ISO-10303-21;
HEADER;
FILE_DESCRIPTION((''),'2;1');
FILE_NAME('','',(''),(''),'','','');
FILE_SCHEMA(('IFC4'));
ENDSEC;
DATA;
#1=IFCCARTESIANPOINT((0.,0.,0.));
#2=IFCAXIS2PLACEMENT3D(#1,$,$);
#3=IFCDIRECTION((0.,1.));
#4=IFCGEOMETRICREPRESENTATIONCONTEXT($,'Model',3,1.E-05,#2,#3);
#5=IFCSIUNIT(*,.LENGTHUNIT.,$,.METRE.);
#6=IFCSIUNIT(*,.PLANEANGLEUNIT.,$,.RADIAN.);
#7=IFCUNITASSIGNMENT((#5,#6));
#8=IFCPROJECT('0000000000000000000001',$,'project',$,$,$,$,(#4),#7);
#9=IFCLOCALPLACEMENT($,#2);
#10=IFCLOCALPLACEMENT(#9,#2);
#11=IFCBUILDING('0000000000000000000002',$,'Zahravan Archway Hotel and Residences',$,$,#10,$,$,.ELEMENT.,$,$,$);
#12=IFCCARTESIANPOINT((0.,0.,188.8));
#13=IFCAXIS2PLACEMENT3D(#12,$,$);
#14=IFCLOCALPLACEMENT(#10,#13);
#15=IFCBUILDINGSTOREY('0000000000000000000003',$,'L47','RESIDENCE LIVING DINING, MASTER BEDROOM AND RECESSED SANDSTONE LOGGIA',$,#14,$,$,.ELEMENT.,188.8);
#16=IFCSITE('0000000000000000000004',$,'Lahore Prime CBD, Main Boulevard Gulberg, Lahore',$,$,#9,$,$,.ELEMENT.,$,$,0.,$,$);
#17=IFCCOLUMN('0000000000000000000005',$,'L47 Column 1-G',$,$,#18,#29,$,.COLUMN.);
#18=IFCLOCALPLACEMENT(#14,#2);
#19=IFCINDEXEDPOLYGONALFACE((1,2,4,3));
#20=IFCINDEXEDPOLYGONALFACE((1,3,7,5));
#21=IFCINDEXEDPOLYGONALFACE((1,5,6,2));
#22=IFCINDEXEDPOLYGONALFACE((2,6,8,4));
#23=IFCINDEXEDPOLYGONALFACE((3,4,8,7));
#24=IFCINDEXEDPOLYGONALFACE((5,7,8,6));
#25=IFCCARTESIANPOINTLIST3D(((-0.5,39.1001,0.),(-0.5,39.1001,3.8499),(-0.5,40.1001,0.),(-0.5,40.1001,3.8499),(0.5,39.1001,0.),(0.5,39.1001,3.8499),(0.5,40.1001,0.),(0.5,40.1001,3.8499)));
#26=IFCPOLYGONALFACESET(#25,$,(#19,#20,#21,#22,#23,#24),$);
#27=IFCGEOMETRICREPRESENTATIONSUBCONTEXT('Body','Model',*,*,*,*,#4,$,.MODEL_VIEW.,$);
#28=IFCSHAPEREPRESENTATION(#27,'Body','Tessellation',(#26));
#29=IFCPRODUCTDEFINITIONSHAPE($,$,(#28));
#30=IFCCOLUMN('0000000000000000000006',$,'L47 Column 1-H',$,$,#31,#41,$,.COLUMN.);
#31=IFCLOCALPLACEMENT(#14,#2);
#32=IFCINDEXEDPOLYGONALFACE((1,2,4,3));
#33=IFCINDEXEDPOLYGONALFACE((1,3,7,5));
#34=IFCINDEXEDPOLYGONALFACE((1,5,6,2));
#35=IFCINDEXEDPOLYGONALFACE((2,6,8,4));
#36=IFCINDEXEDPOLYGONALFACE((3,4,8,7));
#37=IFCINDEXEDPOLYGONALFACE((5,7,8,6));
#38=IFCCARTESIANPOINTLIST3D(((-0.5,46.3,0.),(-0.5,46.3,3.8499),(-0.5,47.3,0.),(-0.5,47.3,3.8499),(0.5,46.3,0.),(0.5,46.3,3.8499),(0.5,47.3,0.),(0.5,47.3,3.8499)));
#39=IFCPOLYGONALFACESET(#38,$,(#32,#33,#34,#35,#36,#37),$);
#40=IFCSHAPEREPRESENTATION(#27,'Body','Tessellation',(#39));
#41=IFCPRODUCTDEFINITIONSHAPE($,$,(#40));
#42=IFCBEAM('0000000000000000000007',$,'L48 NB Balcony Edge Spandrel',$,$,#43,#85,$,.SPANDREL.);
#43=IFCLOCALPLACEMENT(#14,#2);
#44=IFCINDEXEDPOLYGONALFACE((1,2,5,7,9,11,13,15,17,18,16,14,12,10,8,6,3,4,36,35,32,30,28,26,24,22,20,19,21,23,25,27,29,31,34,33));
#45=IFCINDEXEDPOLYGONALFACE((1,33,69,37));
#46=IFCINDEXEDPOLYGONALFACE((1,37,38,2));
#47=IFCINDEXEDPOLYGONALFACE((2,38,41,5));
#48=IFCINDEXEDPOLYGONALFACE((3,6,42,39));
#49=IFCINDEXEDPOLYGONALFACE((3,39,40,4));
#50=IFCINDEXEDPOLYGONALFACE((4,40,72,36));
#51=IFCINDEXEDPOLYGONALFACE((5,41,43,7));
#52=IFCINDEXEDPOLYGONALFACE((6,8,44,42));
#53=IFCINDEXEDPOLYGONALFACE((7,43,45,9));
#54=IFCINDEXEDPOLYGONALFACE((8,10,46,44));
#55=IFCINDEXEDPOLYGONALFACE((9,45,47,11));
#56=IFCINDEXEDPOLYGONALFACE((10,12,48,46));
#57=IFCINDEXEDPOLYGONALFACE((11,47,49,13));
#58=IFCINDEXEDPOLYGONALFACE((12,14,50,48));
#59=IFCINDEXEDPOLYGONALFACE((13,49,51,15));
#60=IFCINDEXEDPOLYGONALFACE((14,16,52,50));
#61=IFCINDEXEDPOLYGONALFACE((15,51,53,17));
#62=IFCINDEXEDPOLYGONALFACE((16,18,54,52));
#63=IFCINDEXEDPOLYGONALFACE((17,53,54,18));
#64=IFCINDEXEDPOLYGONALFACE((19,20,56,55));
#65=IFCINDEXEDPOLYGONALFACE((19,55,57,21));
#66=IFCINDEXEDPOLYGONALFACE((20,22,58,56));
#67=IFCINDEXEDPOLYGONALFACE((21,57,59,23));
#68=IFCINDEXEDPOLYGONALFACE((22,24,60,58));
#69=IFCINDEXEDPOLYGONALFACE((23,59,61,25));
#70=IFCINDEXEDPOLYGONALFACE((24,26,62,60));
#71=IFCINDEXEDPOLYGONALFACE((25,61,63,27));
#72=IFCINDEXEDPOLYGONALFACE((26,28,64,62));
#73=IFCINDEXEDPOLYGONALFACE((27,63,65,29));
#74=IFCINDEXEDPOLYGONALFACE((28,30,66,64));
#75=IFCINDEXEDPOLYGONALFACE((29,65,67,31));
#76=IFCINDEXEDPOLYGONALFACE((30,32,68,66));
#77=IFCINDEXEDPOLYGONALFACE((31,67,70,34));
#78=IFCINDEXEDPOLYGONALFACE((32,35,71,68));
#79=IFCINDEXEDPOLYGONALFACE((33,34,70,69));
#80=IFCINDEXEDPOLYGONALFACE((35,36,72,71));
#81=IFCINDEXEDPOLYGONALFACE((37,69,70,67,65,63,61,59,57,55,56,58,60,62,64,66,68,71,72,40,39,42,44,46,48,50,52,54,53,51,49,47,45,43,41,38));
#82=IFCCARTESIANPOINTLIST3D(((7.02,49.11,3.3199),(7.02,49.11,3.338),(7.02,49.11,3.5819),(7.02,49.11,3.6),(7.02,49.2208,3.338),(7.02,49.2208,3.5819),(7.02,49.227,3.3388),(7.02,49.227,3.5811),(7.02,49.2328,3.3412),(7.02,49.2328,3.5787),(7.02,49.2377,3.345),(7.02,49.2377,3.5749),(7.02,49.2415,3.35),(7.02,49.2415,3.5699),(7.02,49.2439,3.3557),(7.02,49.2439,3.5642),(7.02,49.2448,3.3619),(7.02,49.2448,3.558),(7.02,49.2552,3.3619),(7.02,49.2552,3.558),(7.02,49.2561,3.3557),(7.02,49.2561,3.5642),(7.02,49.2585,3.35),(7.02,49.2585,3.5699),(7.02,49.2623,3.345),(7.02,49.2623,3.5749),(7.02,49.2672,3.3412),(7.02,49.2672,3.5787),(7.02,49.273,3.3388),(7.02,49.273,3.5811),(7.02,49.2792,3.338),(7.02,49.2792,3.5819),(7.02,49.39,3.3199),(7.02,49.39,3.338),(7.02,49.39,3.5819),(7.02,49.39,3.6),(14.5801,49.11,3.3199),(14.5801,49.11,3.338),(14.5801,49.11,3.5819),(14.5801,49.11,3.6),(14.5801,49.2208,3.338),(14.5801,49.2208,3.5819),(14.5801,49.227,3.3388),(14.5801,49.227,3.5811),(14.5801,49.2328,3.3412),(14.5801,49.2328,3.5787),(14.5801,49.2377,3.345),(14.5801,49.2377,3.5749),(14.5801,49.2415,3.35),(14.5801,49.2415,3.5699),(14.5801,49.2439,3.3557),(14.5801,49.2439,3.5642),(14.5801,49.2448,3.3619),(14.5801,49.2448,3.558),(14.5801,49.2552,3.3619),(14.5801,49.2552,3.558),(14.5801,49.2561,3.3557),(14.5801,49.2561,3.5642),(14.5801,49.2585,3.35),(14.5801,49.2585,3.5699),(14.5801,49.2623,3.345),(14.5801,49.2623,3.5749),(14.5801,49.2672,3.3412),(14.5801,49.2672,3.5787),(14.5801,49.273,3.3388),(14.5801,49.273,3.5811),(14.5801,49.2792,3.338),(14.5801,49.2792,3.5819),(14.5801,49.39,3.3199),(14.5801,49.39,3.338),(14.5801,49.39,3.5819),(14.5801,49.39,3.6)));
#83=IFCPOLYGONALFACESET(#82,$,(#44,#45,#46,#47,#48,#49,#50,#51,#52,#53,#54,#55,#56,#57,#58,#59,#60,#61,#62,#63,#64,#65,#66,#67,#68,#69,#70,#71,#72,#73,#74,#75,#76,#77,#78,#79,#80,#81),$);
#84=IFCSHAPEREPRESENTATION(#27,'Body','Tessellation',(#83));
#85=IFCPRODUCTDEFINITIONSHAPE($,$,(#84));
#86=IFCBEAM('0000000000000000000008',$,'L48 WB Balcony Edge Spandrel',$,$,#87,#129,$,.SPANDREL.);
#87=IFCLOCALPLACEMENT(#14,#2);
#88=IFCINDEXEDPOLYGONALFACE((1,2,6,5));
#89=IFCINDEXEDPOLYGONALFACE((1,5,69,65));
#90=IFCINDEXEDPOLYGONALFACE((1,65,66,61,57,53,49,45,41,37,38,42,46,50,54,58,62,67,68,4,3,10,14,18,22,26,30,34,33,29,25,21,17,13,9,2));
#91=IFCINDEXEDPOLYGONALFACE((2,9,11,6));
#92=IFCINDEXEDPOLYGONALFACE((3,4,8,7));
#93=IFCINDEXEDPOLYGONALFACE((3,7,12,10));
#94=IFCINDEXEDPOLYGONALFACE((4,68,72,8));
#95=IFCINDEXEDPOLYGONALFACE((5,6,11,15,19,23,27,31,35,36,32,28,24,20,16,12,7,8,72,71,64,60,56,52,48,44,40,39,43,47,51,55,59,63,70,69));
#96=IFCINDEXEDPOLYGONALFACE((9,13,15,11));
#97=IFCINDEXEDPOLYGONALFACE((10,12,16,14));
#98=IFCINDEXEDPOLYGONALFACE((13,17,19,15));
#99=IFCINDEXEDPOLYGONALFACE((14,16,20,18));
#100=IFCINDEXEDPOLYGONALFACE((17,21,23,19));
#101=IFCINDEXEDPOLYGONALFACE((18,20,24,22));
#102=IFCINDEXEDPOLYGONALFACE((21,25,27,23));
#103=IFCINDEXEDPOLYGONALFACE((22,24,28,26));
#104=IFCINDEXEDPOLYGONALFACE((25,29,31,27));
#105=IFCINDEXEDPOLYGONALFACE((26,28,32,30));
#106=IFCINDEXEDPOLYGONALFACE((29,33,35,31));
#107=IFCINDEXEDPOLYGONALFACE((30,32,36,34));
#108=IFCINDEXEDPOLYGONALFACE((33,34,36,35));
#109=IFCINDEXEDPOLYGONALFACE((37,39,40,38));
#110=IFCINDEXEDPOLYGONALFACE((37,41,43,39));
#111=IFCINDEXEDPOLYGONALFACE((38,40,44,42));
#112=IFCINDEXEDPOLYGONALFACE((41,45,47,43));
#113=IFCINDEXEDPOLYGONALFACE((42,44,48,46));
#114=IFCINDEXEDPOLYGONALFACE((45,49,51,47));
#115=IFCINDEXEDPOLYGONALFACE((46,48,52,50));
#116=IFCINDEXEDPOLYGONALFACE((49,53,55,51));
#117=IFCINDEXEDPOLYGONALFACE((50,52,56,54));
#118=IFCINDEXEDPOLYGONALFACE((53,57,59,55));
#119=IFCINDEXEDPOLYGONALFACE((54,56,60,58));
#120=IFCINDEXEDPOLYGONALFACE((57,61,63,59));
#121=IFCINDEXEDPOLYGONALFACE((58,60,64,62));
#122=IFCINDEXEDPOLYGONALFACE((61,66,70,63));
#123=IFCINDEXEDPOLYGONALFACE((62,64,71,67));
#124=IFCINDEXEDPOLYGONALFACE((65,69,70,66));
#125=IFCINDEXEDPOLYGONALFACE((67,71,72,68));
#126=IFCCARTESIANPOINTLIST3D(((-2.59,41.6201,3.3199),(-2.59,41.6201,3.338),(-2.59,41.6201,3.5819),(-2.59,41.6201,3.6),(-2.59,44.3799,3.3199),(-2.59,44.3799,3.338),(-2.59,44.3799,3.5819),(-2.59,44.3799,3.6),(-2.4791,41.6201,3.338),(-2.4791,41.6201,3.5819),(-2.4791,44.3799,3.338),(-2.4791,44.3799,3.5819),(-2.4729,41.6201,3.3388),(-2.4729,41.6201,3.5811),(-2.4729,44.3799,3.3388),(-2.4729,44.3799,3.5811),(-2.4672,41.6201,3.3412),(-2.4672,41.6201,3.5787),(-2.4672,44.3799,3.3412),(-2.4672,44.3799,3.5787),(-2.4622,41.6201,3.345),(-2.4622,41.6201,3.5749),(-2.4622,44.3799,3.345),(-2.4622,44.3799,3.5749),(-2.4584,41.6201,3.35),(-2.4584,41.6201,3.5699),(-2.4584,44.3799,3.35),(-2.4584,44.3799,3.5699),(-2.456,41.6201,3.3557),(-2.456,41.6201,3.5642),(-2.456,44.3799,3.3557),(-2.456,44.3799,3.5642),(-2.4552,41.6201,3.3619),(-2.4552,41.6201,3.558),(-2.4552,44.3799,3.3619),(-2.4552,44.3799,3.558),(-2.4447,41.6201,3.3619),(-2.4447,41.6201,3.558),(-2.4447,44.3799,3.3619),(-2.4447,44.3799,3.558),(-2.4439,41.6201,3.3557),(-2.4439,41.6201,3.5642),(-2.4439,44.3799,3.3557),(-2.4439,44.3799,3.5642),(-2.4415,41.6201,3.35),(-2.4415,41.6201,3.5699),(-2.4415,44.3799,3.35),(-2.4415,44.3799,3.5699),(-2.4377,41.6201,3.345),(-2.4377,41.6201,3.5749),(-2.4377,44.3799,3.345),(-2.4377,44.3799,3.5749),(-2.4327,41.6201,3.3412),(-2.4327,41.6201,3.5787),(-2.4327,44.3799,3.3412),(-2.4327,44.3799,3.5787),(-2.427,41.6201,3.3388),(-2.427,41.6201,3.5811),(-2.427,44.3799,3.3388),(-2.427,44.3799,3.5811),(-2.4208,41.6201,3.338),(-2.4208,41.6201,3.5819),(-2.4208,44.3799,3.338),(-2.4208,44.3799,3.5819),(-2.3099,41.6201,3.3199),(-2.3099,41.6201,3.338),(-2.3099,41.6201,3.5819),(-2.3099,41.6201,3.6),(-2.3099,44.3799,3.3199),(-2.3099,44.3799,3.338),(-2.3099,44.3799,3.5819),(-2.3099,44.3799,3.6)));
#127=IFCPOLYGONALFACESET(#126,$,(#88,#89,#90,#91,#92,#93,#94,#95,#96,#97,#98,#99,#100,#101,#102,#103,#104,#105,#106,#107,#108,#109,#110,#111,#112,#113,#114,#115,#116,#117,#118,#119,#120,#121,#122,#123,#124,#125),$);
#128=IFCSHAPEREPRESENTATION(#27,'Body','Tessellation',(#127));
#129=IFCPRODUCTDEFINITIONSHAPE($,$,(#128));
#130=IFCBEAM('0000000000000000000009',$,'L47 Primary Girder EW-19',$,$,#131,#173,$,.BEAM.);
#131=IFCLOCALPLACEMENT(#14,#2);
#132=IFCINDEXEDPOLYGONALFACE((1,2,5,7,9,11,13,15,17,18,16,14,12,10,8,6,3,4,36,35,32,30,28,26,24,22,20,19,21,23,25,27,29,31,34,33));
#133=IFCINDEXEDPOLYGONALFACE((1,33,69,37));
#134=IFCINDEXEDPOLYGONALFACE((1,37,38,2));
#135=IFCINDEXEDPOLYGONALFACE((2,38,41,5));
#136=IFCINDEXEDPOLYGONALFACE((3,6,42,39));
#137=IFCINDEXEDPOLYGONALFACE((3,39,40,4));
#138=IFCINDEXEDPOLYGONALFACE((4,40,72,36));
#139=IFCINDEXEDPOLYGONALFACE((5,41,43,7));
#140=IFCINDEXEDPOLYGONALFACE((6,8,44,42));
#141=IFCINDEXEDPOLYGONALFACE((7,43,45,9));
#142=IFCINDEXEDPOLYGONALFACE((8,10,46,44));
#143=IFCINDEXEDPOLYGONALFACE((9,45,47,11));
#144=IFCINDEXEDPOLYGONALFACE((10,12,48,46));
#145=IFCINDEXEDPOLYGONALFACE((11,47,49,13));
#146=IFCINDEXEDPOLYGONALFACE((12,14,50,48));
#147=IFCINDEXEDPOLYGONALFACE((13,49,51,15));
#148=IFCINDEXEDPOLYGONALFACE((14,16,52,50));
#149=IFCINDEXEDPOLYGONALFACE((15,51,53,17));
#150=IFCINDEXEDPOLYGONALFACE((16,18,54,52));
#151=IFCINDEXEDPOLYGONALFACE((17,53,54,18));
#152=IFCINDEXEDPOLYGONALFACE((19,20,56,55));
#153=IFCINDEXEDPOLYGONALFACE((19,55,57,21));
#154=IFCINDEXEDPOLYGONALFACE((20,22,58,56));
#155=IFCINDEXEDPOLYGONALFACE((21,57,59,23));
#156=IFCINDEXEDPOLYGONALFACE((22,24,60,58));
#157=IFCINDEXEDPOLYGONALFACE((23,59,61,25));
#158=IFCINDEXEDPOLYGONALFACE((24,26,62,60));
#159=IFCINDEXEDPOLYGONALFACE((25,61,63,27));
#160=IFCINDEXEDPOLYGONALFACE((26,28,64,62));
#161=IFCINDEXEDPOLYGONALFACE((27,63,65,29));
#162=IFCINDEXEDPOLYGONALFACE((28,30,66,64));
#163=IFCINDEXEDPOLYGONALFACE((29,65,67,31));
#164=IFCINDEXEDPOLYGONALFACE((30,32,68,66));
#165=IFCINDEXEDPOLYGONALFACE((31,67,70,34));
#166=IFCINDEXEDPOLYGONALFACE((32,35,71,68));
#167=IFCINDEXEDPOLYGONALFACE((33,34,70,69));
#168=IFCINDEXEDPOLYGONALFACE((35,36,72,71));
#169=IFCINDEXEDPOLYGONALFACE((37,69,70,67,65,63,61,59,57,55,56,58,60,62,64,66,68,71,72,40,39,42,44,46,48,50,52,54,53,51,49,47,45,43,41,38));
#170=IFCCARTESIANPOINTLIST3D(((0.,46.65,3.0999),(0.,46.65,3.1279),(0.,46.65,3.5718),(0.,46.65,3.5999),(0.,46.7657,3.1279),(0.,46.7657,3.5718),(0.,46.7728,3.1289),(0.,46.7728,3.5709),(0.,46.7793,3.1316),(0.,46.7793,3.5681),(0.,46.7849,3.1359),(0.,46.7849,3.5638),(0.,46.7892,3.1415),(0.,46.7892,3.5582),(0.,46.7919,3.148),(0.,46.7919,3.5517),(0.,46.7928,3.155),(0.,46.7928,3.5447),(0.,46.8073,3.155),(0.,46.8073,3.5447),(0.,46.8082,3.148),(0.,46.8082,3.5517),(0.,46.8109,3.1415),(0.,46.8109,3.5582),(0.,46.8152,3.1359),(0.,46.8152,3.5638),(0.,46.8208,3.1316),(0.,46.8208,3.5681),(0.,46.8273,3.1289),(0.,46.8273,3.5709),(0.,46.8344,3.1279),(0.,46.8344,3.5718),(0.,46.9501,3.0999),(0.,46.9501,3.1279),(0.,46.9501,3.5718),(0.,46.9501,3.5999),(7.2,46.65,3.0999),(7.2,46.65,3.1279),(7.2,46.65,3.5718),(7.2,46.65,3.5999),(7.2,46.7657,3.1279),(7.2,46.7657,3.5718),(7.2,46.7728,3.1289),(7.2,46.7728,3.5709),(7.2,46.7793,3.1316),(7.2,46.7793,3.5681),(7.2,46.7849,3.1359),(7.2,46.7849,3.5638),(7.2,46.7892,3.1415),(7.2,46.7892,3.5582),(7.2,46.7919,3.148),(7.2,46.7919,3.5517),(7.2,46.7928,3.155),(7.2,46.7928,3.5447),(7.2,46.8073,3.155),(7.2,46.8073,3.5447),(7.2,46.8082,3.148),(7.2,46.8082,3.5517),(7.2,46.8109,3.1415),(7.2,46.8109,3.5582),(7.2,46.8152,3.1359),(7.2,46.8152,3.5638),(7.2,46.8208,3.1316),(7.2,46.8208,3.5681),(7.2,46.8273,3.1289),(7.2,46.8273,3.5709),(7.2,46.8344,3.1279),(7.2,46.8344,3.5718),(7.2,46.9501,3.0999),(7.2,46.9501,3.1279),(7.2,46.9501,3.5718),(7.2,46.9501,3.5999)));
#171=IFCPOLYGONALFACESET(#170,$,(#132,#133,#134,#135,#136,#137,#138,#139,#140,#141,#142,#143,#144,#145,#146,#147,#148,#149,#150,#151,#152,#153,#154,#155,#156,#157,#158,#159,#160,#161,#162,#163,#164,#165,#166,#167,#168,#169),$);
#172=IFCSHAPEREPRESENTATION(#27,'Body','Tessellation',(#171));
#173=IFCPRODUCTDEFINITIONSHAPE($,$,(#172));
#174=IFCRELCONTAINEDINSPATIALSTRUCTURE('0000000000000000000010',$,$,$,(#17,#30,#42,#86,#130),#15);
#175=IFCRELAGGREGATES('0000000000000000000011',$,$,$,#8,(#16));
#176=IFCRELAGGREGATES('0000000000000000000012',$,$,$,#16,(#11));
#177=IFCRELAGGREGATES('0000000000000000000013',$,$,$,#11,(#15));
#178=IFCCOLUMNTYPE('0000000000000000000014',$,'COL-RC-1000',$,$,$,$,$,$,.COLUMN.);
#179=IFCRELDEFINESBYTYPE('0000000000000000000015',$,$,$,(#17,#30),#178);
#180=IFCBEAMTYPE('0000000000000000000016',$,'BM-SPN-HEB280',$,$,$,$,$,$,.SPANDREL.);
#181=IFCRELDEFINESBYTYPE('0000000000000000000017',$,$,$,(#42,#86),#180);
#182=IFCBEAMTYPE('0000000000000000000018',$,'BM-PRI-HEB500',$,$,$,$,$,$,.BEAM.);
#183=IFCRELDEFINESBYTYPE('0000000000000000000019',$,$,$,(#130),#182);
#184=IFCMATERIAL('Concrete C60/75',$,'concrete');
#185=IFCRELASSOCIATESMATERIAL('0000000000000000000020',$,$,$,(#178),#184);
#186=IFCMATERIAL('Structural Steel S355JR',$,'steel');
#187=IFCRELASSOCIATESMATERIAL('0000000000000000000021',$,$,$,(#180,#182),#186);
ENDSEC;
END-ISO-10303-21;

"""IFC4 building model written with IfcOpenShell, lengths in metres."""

from ifc_helpers import new_model, si_unit, direction, frame, origin, origin_2d, place, context, subcontext, project, spatial, rectangle, i_section, extrude, source, transform, mapped, material, material_profile, profile_set, type_object, type_shapes, element, save


model = new_model("IFC4")

# Units and contexts
model_context = context("Model", 3, precision=1e-05, world=origin(), true_north=direction((0.0, 1.0)))
body_context = subcontext(model_context, "Body", "Model", "MODEL_VIEW")
ifc_project = project(units=[si_unit("LENGTHUNIT", "METRE"), si_unit("PLANEANGLEUNIT", "RADIAN")], contexts=[model_context])

# Site, building, storey
site_placement = place(None, origin())
site = spatial("IfcSite", under=ifc_project, at=site_placement, Name="Lahore Prime CBD, Main Boulevard Gulberg, Lahore", CompositionType="ELEMENT", RefElevation=0.0)
building_placement = place(site_placement, origin())
building = spatial("IfcBuilding", under=site, at=building_placement, Name="Zahravan Archway Hotel and Residences", CompositionType="ELEMENT")
storey_placement = place(building_placement, frame((0.0, 0.0, 188.8)))
storey = spatial("IfcBuildingStorey", under=building, at=storey_placement, Name="L47", Description="RESIDENCE LIVING DINING, MASTER BEDROOM AND RECESSED SANDSTONE LOGGIA", CompositionType="ELEMENT", Elevation=188.8)

# Columns
ifc_material_1 = material(Name="Concrete C60/75", Category="concrete")
ifc_material_profile_1 = material_profile(ifc_material_1, rectangle(XDim=1.0, YDim=1.0, at=origin_2d()), Name="RC-COL-1000x1000", Category="concrete")
ifc_profile_set_1 = profile_set([ifc_material_profile_1], Name="Concrete C60/75")
column_type = type_object("IfcColumnType", Name="COL-RC-1000", PredefinedType="COLUMN", material=ifc_profile_set_1)
shared_shape_1 = source(origin(), body_context, "Body", "SweptSolid", [
    extrude(rectangle(XDim=1.0, YDim=1.0, at=origin_2d()), origin(), (0.0, 0.0, 1.0), 3.8499),
])
for number, where, z_axis, x_axis, name in (
    (1, (0.0, 39.6001, 0.0), (0.0, 0.0, 1.0), (1.0, 0.0, 0.0), "L47 Column 1-G"),
    (2, (0.0, 46.8, 0.0), (0.0, 0.0, 1.0), (1.0, 0.0, 0.0), "L47 Column 1-H"),
):
    element("IfcColumn", number, at=place(storey_placement, frame(where, z_axis=z_axis, x_axis=x_axis)), inside=storey, type_object=column_type, Name=name, PredefinedType="COLUMN", context=body_context, shape_type="MappedRepresentation", body=[
        mapped(shared_shape_1, transform((0.0, 0.0, 0.0), scale=1.0)),
    ])

# Beams
ifc_material_2 = material(Name="Structural Steel S355JR", Category="steel")
ifc_material_profile_2 = material_profile(ifc_material_2, i_section(OverallWidth=0.28, OverallDepth=0.28, WebThickness=0.0105, FlangeThickness=0.0181, FilletRadius=0.0239, at=origin_2d()), Name="HEB 280", Category="steel")
ifc_profile_set_2 = profile_set([ifc_material_profile_2], Name="Structural Steel S355JR")
beam_type_1 = type_object("IfcBeamType", Name="BM-SPN-HEB280", PredefinedType="SPANDREL", material=ifc_profile_set_2)
shared_shape_2 = source(origin(), body_context, "Body", "SweptSolid", [
    extrude(i_section(OverallWidth=0.28, OverallDepth=0.28, WebThickness=0.0105, FlangeThickness=0.0181, FilletRadius=0.0239, at=origin_2d()), origin(), (0.0, 0.0, 1.0), 7.5601),
])
type_shapes(beam_type_1, [shared_shape_2])
beam_1_placement = place(storey_placement, frame((7.02, 49.25, 3.46), z_axis=(1.0, 0.0, 0.0), x_axis=(0.0, 1.0, 0.0)))
element("IfcBeam", 3, at=beam_1_placement, inside=storey, type_object=beam_type_1, Name="L48 NB Balcony Edge Spandrel", PredefinedType="SPANDREL", context=body_context, shape_type="MappedRepresentation", body=[
    mapped(shared_shape_2, transform((0.0, 0.0, 0.0), scale=1.0)),
])
shared_shape_3 = source(origin(), body_context, "Body", "SweptSolid", [
    extrude(i_section(OverallWidth=0.28, OverallDepth=0.28, WebThickness=0.0105, FlangeThickness=0.0181, FilletRadius=0.0239, at=origin_2d()), origin(), (0.0, 0.0, 1.0), 2.7598),
])
beam_2_placement = place(storey_placement, frame((-2.45, 41.6201, 3.46), z_axis=(0.0, 1.0, 0.0), x_axis=(-1.0, 0.0, 0.0)))
element("IfcBeam", 4, at=beam_2_placement, inside=storey, type_object=beam_type_1, Name="L48 WB Balcony Edge Spandrel", PredefinedType="SPANDREL", context=body_context, shape_type="MappedRepresentation", body=[
    mapped(shared_shape_3, transform((0.0, 0.0, 0.0), scale=1.0)),
])
ifc_material_profile_3 = material_profile(ifc_material_2, i_section(OverallWidth=0.3, OverallDepth=0.5, WebThickness=0.0144, FlangeThickness=0.0281, FilletRadius=0.0271, at=origin_2d()), Name="HEB 500", Category="steel")
ifc_profile_set_3 = profile_set([ifc_material_profile_3], Name="Structural Steel S355JR")
beam_type_2 = type_object("IfcBeamType", Name="BM-PRI-HEB500", PredefinedType="BEAM", material=ifc_profile_set_3)
shared_shape_4 = source(origin(), body_context, "Body", "SweptSolid", [
    extrude(i_section(OverallWidth=0.3, OverallDepth=0.5, WebThickness=0.0144, FlangeThickness=0.0281, FilletRadius=0.0271, at=origin_2d()), origin(), (0.0, 0.0, 1.0), 7.2),
])
for number, where, z_axis, x_axis, name in (
    (5, (0.0, 46.8, 3.3499), (1.0, 0.0, 0.0), (0.0, 1.0, 0.0), "L47 Primary Girder EW-19"),
):
    element("IfcBeam", number, at=place(storey_placement, frame(where, z_axis=z_axis, x_axis=x_axis)), inside=storey, type_object=beam_type_2, Name=name, PredefinedType="BEAM", context=body_context, shape_type="MappedRepresentation", body=[
        mapped(shared_shape_4, transform((0.0, 0.0, 0.0), scale=1.0)),
    ])

save(model, "model.ifc")
